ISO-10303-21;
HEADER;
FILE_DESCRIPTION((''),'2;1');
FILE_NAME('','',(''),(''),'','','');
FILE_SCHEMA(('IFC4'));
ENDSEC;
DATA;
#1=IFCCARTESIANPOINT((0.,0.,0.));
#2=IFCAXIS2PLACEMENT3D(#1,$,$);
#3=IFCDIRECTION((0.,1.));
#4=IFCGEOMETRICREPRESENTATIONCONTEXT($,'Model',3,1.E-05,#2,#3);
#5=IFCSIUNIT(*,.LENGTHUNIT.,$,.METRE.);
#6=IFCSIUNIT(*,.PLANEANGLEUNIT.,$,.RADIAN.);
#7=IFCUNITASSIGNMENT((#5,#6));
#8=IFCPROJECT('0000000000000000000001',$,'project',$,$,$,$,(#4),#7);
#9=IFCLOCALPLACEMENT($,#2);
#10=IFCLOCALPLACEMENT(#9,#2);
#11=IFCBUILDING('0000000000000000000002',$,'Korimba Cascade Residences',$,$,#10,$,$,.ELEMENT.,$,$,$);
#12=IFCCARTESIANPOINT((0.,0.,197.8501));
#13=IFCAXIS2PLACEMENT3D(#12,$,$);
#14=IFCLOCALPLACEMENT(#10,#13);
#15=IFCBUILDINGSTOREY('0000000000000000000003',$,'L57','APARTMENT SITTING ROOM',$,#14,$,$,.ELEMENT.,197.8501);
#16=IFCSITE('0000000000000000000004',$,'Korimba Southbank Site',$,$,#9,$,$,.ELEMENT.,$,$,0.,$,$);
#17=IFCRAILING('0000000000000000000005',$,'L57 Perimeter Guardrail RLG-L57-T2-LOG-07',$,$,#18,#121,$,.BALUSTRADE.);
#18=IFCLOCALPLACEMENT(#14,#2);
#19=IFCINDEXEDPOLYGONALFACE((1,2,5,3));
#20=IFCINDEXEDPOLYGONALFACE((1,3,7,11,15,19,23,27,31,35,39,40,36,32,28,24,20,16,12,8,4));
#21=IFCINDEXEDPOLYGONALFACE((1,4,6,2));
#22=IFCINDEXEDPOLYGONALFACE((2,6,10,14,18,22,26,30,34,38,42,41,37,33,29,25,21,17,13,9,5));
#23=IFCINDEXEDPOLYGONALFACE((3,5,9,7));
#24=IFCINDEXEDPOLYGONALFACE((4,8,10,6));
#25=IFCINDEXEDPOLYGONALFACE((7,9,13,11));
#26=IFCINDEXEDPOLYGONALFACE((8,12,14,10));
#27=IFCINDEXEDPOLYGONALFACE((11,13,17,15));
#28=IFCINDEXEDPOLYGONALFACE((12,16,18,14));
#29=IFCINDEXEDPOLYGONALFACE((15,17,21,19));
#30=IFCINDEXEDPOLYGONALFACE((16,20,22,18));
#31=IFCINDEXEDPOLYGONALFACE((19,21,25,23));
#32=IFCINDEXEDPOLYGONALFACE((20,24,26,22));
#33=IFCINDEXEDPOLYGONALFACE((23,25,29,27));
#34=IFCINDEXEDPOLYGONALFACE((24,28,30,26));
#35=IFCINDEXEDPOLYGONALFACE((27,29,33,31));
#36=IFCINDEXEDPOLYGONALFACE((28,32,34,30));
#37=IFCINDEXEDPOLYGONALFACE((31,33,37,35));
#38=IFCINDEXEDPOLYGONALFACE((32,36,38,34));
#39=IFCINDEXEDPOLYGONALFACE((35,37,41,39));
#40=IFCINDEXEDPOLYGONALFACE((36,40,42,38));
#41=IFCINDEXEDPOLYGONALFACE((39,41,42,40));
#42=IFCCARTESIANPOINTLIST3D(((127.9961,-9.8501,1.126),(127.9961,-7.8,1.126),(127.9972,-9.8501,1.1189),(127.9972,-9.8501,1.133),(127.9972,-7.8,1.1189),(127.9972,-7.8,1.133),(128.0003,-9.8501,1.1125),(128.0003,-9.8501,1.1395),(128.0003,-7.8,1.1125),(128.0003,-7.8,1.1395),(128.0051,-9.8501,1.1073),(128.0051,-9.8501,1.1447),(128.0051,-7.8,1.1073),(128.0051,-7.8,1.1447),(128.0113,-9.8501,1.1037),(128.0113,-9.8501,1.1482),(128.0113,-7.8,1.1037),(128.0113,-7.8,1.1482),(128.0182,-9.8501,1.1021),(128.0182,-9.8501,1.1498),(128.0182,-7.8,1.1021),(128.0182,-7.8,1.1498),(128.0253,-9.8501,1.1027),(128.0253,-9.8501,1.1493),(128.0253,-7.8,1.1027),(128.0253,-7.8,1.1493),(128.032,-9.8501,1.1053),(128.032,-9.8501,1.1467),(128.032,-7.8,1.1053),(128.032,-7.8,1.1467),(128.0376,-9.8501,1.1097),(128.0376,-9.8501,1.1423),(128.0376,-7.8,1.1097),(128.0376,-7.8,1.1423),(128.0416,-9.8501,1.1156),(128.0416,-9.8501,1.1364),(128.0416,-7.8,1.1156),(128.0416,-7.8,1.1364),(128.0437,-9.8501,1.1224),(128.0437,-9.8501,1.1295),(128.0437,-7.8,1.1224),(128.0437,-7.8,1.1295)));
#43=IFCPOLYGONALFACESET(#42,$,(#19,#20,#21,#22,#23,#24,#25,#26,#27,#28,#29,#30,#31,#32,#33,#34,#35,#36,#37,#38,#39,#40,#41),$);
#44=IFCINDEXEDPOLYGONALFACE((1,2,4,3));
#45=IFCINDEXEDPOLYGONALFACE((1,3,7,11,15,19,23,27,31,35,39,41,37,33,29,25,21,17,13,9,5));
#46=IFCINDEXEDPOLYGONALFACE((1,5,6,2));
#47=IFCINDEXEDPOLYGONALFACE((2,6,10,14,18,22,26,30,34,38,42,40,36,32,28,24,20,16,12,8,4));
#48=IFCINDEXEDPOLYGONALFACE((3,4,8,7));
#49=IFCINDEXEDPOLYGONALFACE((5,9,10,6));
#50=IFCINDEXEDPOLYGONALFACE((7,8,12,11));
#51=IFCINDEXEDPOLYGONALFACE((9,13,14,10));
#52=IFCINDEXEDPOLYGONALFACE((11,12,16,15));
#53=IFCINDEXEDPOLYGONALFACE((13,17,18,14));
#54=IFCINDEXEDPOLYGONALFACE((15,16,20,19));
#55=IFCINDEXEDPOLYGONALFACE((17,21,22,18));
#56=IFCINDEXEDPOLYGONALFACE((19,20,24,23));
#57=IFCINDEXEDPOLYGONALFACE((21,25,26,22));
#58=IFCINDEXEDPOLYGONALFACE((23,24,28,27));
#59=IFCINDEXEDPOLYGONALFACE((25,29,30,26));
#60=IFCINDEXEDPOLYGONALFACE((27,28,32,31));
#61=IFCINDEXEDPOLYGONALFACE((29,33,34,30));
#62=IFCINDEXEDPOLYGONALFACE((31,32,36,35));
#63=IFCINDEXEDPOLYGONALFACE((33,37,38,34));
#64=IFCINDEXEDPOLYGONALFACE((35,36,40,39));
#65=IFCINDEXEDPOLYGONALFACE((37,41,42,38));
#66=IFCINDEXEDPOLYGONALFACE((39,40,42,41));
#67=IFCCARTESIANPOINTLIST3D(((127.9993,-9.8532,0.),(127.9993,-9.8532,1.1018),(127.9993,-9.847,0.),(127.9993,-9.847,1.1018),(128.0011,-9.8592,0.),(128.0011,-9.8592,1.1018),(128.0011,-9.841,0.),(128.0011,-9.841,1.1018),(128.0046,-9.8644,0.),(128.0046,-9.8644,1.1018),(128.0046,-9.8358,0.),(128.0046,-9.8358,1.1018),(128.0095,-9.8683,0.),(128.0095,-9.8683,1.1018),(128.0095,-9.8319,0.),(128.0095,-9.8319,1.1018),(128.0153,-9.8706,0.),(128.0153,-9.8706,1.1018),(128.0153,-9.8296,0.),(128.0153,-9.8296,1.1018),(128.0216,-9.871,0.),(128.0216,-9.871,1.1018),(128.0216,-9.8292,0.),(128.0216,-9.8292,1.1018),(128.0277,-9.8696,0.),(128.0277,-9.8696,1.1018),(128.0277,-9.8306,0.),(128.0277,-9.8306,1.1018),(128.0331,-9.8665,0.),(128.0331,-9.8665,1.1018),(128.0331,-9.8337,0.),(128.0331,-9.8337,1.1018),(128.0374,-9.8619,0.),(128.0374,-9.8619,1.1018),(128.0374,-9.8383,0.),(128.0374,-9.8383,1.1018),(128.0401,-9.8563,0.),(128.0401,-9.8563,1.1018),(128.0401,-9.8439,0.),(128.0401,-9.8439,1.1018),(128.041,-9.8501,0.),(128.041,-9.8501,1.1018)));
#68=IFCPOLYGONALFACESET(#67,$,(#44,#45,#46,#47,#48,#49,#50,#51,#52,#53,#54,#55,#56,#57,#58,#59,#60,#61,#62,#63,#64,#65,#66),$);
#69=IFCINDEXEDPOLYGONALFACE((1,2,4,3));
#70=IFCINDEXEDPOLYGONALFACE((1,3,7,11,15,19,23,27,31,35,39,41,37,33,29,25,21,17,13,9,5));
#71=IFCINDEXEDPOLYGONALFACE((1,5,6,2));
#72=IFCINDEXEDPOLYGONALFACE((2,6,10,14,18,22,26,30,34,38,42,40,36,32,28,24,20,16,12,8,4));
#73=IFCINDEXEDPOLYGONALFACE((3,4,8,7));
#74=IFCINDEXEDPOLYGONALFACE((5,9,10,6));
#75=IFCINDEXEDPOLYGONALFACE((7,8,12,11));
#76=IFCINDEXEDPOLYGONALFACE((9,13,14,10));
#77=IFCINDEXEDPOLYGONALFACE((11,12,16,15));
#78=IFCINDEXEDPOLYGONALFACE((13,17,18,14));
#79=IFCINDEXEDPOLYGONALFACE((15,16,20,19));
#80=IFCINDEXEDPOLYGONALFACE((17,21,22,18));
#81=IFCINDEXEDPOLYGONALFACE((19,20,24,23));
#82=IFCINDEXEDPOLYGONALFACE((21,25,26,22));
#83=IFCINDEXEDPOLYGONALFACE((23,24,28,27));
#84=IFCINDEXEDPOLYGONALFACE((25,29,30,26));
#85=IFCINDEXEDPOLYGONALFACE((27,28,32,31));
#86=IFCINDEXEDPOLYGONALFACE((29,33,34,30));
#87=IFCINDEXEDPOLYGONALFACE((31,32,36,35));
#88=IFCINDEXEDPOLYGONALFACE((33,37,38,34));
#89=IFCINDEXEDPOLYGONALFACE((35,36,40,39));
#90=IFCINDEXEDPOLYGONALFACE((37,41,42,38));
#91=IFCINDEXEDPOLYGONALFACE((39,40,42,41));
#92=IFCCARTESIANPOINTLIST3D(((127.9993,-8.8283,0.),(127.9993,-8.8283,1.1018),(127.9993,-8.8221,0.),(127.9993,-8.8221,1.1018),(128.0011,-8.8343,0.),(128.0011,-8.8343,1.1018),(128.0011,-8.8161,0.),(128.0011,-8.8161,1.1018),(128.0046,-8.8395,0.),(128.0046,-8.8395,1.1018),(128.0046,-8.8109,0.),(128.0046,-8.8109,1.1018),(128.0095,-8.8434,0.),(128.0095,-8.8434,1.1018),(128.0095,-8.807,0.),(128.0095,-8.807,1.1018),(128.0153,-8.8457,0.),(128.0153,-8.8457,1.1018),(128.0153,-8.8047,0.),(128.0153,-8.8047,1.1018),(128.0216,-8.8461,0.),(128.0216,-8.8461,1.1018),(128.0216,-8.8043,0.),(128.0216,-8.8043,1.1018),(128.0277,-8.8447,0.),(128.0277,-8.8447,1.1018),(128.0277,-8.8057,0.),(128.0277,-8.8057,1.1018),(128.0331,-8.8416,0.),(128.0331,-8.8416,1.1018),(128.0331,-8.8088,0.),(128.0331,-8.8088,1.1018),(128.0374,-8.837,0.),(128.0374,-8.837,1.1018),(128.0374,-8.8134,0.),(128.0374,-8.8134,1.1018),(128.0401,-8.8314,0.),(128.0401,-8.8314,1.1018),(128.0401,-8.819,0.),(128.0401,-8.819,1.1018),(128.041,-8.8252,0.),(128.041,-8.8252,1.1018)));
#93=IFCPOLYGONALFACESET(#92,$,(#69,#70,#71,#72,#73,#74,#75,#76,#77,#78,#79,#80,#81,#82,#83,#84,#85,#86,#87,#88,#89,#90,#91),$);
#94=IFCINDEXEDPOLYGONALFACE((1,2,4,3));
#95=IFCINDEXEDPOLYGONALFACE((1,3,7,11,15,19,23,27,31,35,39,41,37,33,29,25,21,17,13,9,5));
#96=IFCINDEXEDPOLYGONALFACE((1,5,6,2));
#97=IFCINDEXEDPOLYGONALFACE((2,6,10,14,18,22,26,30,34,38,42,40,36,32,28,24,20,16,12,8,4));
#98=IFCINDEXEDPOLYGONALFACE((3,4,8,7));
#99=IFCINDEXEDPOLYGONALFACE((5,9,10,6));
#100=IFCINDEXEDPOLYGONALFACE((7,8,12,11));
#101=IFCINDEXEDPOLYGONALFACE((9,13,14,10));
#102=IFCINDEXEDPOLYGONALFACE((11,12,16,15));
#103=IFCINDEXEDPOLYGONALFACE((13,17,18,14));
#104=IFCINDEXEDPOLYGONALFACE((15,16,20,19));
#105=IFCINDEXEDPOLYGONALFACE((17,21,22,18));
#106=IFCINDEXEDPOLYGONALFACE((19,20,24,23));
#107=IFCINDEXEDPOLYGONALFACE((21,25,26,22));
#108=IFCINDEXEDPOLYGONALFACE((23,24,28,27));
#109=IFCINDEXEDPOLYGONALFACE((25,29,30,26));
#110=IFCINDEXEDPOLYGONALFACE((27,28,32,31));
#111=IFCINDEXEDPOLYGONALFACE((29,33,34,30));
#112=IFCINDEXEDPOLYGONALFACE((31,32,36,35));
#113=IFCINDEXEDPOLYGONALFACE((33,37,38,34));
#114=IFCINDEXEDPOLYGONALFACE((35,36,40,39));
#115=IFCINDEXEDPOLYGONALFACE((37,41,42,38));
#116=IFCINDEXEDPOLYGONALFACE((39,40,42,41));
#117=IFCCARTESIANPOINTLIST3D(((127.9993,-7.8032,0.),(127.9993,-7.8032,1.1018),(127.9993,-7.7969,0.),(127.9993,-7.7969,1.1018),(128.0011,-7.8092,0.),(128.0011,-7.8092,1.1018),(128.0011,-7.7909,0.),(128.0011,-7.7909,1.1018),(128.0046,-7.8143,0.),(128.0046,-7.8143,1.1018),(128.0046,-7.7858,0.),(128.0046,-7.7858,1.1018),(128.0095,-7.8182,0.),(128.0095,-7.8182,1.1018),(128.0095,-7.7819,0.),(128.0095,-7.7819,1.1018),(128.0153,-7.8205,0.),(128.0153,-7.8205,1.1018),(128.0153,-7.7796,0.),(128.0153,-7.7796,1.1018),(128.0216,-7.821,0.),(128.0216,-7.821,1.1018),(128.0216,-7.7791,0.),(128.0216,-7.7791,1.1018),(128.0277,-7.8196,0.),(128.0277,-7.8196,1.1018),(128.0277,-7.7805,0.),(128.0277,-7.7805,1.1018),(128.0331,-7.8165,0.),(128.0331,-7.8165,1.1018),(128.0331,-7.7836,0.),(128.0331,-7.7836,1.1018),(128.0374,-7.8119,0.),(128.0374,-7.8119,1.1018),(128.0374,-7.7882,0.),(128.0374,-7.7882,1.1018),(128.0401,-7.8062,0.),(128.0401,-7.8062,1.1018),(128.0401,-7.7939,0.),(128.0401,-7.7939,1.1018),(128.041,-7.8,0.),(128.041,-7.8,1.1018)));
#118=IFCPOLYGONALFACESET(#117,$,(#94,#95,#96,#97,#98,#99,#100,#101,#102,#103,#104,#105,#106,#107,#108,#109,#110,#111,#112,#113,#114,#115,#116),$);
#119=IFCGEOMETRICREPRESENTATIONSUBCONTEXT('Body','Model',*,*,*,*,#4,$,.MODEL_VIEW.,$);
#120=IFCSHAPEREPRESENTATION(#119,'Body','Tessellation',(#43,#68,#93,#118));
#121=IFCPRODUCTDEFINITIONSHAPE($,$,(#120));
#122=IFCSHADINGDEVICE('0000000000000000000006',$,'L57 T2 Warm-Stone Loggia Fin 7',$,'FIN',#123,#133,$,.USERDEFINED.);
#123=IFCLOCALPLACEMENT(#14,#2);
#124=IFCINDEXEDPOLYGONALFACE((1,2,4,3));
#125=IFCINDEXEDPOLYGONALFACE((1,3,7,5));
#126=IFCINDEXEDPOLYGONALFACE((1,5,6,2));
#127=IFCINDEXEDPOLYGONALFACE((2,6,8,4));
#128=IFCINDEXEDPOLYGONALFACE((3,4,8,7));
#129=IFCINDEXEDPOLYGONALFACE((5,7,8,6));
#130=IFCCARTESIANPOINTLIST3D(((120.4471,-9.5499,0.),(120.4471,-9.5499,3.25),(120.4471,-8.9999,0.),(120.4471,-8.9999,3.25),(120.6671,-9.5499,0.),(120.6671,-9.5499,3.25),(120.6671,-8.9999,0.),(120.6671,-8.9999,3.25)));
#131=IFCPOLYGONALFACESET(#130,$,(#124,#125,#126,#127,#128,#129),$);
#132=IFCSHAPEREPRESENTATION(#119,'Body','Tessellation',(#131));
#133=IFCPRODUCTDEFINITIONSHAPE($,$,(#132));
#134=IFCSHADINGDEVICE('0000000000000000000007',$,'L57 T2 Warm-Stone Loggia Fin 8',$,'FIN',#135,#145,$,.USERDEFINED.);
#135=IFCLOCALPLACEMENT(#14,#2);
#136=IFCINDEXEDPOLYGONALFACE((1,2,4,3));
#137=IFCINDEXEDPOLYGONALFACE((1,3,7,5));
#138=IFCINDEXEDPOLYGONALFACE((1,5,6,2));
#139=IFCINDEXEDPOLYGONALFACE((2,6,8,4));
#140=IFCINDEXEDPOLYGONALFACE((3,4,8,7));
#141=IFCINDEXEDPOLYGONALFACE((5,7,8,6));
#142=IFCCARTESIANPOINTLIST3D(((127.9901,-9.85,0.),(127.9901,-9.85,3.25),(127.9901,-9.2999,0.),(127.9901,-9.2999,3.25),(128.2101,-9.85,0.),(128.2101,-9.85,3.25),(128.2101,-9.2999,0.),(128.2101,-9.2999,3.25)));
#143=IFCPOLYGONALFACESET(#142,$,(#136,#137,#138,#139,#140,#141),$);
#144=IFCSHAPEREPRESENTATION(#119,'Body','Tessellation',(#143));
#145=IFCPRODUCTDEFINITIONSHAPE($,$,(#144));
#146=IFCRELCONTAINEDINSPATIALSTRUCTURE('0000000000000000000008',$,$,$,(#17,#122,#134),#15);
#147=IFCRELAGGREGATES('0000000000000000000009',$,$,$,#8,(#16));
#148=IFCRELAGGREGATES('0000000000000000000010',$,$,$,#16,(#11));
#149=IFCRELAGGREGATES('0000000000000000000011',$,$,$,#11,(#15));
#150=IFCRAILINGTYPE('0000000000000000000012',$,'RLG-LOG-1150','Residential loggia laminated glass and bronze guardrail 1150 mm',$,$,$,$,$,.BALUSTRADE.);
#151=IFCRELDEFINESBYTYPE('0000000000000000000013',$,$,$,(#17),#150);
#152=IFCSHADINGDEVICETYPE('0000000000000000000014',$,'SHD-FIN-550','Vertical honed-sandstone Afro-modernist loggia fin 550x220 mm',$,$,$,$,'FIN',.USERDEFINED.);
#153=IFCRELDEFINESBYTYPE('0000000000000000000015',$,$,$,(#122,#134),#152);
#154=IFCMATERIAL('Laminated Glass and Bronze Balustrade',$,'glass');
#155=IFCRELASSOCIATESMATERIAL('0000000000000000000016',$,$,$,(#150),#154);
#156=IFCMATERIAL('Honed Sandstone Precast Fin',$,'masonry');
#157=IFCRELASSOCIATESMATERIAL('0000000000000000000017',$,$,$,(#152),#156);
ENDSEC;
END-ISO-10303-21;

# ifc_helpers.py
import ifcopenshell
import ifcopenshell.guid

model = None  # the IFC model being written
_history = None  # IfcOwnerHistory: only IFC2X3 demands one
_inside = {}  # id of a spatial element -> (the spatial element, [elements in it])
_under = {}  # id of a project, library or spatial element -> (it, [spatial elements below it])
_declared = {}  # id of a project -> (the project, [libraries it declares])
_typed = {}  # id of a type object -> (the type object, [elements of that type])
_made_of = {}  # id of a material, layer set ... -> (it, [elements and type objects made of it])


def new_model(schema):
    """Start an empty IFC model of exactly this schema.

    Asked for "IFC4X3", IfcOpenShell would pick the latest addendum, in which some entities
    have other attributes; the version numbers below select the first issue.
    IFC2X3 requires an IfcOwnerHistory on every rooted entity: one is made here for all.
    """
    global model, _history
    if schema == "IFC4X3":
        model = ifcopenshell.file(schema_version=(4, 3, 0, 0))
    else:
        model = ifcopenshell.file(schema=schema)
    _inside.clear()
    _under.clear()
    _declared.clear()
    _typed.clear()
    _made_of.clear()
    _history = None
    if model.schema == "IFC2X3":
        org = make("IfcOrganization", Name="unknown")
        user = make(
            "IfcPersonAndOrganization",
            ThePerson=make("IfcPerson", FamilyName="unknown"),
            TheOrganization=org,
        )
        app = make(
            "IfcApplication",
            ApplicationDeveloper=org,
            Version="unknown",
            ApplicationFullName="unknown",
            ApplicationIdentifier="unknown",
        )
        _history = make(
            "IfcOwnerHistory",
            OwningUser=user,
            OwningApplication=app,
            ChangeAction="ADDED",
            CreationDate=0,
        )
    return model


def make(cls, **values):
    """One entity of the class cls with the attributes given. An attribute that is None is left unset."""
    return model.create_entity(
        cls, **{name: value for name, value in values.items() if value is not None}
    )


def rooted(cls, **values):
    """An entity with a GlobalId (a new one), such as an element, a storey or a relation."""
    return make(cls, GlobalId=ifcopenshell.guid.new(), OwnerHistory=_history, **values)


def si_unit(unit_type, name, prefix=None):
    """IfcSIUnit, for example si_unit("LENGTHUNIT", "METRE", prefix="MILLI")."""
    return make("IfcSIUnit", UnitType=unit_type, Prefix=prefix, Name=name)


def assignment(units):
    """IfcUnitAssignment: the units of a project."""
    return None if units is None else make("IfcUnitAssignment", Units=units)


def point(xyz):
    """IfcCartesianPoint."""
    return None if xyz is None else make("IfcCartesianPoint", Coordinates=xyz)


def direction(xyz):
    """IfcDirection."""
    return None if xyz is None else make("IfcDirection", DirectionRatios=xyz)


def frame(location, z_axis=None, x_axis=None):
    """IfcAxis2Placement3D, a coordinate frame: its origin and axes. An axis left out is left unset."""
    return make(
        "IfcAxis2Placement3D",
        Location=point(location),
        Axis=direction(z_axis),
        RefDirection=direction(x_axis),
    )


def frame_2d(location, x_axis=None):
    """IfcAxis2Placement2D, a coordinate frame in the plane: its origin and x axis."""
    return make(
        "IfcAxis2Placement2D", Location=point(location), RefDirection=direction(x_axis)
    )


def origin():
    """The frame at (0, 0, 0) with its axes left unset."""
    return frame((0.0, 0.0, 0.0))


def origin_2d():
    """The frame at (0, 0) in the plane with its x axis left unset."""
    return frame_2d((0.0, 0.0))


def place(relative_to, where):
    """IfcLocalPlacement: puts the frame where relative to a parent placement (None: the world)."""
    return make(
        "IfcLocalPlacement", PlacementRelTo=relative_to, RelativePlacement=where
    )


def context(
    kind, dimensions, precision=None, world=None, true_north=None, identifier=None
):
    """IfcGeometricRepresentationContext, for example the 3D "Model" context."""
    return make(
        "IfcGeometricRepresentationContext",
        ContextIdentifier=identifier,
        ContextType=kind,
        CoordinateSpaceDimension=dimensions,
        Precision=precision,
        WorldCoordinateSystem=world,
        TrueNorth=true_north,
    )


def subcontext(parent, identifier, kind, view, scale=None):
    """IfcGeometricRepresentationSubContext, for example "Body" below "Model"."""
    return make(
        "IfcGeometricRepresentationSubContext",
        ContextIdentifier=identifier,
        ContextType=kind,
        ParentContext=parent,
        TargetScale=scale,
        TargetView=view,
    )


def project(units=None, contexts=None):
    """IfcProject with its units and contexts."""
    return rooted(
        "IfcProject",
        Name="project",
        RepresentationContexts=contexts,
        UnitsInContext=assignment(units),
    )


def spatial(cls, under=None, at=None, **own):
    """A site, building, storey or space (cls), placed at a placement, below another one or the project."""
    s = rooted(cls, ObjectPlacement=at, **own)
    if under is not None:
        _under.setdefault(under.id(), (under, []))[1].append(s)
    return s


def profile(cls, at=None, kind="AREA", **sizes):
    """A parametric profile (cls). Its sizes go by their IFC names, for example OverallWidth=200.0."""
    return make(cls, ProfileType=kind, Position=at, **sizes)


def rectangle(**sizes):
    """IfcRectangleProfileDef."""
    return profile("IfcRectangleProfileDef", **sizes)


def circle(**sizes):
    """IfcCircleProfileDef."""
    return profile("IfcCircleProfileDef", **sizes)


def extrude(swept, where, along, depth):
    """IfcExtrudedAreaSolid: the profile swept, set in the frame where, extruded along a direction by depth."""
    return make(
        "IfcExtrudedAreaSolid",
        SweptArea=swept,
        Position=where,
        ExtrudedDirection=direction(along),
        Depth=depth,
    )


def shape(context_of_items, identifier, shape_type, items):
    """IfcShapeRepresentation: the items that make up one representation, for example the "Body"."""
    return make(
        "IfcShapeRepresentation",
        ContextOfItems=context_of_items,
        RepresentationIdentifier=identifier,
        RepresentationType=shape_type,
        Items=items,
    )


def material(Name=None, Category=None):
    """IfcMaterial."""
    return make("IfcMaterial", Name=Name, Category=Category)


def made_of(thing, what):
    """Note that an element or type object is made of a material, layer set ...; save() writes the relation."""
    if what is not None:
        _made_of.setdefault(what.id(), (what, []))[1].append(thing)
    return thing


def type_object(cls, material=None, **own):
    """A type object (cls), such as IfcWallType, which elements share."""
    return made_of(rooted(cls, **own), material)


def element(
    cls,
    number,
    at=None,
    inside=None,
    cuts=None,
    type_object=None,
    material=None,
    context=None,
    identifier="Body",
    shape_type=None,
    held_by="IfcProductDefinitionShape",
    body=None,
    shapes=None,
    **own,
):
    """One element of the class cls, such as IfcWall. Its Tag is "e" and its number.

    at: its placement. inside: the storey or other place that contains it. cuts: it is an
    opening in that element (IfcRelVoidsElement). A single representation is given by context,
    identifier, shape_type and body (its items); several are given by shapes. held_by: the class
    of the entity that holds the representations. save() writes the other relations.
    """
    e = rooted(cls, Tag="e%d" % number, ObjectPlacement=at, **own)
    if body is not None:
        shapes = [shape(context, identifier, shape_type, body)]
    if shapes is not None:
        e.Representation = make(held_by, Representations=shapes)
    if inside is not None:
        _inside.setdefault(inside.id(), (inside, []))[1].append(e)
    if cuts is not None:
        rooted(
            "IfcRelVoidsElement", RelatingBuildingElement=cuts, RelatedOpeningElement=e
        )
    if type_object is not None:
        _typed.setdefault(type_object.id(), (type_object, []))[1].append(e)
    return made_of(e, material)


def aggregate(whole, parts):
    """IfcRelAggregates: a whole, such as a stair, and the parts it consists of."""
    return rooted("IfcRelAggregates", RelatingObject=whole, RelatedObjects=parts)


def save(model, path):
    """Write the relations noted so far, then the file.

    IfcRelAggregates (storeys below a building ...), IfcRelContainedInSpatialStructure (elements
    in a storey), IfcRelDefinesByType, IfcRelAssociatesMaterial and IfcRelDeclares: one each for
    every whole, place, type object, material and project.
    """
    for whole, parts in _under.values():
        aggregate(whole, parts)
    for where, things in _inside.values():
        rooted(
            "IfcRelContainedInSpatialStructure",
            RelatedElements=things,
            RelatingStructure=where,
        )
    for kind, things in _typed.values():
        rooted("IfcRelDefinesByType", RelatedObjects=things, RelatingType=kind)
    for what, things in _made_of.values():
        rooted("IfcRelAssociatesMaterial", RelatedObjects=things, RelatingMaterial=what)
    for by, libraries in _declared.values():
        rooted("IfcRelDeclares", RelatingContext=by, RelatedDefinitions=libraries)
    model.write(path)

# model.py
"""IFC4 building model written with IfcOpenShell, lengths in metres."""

from ifc_helpers import new_model, si_unit, direction, frame, origin, origin_2d, place, context, subcontext, project, spatial, rectangle, circle, extrude, material, type_object, element, save


model = new_model("IFC4")

# Units and contexts
model_context = context("Model", 3, precision=1e-05, world=origin(), true_north=direction((0.0, 1.0)))
body_context = subcontext(model_context, "Body", "Model", "MODEL_VIEW")
ifc_project = project(units=[si_unit("LENGTHUNIT", "METRE"), si_unit("PLANEANGLEUNIT", "RADIAN")], contexts=[model_context])

# Site, building, storey
site_placement = place(None, origin())
site = spatial("IfcSite", under=ifc_project, at=site_placement, Name="Korimba Southbank Site", CompositionType="ELEMENT", RefElevation=0.0)
building_placement = place(site_placement, origin())
building = spatial("IfcBuilding", under=site, at=building_placement, Name="Korimba Cascade Residences", CompositionType="ELEMENT")
storey_placement = place(building_placement, frame((0.0, 0.0, 197.8501)))
storey = spatial("IfcBuildingStorey", under=building, at=storey_placement, Name="L57", Description="APARTMENT SITTING ROOM", CompositionType="ELEMENT", Elevation=197.8501)

# Railing
ifc_material_1 = material(Name="Laminated Glass and Bronze Balustrade", Category="glass")
railing_type = type_object("IfcRailingType", Name="RLG-LOG-1150", Description="Residential loggia laminated glass and bronze guardrail 1150 mm", PredefinedType="BALUSTRADE", material=ifc_material_1)
railing_1_placement = place(storey_placement, frame((128.02, -9.8501, 0.0)))
element("IfcRailing", 1, at=railing_1_placement, inside=storey, type_object=railing_type, Name="L57 Perimeter Guardrail RLG-L57-T2-LOG-07", PredefinedType="BALUSTRADE", context=body_context, shape_type="SweptSolid", body=[
    extrude(circle(Radius=0.0239, at=origin_2d()), frame((0.0, 0.0, 1.126), z_axis=(0.0, 1.0, 0.0), x_axis=(-1.0, 0.0, 0.0)), (0.0, 0.0, 1.0), 2.05),
    extrude(circle(Radius=0.021, at=origin_2d()), origin(), (0.0, 0.0, 1.0), 1.1018),
    extrude(circle(Radius=0.021, at=origin_2d()), frame((0.0, 1.0249, 0.0)), (0.0, 0.0, 1.0), 1.1018),
    extrude(circle(Radius=0.021, at=origin_2d()), frame((0.0, 2.05, 0.0)), (0.0, 0.0, 1.0), 1.1018),
])

# Shading devices
ifc_material_2 = material(Name="Honed Sandstone Precast Fin", Category="masonry")
shading_device_type = type_object("IfcShadingDeviceType", Name="SHD-FIN-550", Description="Vertical honed-sandstone Afro-modernist loggia fin 550x220 mm", ElementType="FIN", PredefinedType="USERDEFINED", material=ifc_material_2)
for number, where, z_axis, x_axis, name in (
    (2, (120.5571, -9.2749, 0.0), (0.0, 0.0, 1.0), (1.0, 0.0, 0.0), "L57 T2 Warm-Stone Loggia Fin 7"),
    (3, (128.1001, -9.575, 0.0), (0.0, 0.0, 1.0), (1.0, 0.0, 0.0), "L57 T2 Warm-Stone Loggia Fin 8"),
):
    element("IfcShadingDevice", number, at=place(storey_placement, frame(where, z_axis=z_axis, x_axis=x_axis)), inside=storey, type_object=shading_device_type, Name=name, ObjectType="FIN", PredefinedType="USERDEFINED", context=body_context, shape_type="SweptSolid", body=[
        extrude(rectangle(XDim=0.22, YDim=0.55, at=origin_2d()), origin(), (0.0, 0.0, 1.0), 3.25),
    ])

save(model, "model.ifc")
